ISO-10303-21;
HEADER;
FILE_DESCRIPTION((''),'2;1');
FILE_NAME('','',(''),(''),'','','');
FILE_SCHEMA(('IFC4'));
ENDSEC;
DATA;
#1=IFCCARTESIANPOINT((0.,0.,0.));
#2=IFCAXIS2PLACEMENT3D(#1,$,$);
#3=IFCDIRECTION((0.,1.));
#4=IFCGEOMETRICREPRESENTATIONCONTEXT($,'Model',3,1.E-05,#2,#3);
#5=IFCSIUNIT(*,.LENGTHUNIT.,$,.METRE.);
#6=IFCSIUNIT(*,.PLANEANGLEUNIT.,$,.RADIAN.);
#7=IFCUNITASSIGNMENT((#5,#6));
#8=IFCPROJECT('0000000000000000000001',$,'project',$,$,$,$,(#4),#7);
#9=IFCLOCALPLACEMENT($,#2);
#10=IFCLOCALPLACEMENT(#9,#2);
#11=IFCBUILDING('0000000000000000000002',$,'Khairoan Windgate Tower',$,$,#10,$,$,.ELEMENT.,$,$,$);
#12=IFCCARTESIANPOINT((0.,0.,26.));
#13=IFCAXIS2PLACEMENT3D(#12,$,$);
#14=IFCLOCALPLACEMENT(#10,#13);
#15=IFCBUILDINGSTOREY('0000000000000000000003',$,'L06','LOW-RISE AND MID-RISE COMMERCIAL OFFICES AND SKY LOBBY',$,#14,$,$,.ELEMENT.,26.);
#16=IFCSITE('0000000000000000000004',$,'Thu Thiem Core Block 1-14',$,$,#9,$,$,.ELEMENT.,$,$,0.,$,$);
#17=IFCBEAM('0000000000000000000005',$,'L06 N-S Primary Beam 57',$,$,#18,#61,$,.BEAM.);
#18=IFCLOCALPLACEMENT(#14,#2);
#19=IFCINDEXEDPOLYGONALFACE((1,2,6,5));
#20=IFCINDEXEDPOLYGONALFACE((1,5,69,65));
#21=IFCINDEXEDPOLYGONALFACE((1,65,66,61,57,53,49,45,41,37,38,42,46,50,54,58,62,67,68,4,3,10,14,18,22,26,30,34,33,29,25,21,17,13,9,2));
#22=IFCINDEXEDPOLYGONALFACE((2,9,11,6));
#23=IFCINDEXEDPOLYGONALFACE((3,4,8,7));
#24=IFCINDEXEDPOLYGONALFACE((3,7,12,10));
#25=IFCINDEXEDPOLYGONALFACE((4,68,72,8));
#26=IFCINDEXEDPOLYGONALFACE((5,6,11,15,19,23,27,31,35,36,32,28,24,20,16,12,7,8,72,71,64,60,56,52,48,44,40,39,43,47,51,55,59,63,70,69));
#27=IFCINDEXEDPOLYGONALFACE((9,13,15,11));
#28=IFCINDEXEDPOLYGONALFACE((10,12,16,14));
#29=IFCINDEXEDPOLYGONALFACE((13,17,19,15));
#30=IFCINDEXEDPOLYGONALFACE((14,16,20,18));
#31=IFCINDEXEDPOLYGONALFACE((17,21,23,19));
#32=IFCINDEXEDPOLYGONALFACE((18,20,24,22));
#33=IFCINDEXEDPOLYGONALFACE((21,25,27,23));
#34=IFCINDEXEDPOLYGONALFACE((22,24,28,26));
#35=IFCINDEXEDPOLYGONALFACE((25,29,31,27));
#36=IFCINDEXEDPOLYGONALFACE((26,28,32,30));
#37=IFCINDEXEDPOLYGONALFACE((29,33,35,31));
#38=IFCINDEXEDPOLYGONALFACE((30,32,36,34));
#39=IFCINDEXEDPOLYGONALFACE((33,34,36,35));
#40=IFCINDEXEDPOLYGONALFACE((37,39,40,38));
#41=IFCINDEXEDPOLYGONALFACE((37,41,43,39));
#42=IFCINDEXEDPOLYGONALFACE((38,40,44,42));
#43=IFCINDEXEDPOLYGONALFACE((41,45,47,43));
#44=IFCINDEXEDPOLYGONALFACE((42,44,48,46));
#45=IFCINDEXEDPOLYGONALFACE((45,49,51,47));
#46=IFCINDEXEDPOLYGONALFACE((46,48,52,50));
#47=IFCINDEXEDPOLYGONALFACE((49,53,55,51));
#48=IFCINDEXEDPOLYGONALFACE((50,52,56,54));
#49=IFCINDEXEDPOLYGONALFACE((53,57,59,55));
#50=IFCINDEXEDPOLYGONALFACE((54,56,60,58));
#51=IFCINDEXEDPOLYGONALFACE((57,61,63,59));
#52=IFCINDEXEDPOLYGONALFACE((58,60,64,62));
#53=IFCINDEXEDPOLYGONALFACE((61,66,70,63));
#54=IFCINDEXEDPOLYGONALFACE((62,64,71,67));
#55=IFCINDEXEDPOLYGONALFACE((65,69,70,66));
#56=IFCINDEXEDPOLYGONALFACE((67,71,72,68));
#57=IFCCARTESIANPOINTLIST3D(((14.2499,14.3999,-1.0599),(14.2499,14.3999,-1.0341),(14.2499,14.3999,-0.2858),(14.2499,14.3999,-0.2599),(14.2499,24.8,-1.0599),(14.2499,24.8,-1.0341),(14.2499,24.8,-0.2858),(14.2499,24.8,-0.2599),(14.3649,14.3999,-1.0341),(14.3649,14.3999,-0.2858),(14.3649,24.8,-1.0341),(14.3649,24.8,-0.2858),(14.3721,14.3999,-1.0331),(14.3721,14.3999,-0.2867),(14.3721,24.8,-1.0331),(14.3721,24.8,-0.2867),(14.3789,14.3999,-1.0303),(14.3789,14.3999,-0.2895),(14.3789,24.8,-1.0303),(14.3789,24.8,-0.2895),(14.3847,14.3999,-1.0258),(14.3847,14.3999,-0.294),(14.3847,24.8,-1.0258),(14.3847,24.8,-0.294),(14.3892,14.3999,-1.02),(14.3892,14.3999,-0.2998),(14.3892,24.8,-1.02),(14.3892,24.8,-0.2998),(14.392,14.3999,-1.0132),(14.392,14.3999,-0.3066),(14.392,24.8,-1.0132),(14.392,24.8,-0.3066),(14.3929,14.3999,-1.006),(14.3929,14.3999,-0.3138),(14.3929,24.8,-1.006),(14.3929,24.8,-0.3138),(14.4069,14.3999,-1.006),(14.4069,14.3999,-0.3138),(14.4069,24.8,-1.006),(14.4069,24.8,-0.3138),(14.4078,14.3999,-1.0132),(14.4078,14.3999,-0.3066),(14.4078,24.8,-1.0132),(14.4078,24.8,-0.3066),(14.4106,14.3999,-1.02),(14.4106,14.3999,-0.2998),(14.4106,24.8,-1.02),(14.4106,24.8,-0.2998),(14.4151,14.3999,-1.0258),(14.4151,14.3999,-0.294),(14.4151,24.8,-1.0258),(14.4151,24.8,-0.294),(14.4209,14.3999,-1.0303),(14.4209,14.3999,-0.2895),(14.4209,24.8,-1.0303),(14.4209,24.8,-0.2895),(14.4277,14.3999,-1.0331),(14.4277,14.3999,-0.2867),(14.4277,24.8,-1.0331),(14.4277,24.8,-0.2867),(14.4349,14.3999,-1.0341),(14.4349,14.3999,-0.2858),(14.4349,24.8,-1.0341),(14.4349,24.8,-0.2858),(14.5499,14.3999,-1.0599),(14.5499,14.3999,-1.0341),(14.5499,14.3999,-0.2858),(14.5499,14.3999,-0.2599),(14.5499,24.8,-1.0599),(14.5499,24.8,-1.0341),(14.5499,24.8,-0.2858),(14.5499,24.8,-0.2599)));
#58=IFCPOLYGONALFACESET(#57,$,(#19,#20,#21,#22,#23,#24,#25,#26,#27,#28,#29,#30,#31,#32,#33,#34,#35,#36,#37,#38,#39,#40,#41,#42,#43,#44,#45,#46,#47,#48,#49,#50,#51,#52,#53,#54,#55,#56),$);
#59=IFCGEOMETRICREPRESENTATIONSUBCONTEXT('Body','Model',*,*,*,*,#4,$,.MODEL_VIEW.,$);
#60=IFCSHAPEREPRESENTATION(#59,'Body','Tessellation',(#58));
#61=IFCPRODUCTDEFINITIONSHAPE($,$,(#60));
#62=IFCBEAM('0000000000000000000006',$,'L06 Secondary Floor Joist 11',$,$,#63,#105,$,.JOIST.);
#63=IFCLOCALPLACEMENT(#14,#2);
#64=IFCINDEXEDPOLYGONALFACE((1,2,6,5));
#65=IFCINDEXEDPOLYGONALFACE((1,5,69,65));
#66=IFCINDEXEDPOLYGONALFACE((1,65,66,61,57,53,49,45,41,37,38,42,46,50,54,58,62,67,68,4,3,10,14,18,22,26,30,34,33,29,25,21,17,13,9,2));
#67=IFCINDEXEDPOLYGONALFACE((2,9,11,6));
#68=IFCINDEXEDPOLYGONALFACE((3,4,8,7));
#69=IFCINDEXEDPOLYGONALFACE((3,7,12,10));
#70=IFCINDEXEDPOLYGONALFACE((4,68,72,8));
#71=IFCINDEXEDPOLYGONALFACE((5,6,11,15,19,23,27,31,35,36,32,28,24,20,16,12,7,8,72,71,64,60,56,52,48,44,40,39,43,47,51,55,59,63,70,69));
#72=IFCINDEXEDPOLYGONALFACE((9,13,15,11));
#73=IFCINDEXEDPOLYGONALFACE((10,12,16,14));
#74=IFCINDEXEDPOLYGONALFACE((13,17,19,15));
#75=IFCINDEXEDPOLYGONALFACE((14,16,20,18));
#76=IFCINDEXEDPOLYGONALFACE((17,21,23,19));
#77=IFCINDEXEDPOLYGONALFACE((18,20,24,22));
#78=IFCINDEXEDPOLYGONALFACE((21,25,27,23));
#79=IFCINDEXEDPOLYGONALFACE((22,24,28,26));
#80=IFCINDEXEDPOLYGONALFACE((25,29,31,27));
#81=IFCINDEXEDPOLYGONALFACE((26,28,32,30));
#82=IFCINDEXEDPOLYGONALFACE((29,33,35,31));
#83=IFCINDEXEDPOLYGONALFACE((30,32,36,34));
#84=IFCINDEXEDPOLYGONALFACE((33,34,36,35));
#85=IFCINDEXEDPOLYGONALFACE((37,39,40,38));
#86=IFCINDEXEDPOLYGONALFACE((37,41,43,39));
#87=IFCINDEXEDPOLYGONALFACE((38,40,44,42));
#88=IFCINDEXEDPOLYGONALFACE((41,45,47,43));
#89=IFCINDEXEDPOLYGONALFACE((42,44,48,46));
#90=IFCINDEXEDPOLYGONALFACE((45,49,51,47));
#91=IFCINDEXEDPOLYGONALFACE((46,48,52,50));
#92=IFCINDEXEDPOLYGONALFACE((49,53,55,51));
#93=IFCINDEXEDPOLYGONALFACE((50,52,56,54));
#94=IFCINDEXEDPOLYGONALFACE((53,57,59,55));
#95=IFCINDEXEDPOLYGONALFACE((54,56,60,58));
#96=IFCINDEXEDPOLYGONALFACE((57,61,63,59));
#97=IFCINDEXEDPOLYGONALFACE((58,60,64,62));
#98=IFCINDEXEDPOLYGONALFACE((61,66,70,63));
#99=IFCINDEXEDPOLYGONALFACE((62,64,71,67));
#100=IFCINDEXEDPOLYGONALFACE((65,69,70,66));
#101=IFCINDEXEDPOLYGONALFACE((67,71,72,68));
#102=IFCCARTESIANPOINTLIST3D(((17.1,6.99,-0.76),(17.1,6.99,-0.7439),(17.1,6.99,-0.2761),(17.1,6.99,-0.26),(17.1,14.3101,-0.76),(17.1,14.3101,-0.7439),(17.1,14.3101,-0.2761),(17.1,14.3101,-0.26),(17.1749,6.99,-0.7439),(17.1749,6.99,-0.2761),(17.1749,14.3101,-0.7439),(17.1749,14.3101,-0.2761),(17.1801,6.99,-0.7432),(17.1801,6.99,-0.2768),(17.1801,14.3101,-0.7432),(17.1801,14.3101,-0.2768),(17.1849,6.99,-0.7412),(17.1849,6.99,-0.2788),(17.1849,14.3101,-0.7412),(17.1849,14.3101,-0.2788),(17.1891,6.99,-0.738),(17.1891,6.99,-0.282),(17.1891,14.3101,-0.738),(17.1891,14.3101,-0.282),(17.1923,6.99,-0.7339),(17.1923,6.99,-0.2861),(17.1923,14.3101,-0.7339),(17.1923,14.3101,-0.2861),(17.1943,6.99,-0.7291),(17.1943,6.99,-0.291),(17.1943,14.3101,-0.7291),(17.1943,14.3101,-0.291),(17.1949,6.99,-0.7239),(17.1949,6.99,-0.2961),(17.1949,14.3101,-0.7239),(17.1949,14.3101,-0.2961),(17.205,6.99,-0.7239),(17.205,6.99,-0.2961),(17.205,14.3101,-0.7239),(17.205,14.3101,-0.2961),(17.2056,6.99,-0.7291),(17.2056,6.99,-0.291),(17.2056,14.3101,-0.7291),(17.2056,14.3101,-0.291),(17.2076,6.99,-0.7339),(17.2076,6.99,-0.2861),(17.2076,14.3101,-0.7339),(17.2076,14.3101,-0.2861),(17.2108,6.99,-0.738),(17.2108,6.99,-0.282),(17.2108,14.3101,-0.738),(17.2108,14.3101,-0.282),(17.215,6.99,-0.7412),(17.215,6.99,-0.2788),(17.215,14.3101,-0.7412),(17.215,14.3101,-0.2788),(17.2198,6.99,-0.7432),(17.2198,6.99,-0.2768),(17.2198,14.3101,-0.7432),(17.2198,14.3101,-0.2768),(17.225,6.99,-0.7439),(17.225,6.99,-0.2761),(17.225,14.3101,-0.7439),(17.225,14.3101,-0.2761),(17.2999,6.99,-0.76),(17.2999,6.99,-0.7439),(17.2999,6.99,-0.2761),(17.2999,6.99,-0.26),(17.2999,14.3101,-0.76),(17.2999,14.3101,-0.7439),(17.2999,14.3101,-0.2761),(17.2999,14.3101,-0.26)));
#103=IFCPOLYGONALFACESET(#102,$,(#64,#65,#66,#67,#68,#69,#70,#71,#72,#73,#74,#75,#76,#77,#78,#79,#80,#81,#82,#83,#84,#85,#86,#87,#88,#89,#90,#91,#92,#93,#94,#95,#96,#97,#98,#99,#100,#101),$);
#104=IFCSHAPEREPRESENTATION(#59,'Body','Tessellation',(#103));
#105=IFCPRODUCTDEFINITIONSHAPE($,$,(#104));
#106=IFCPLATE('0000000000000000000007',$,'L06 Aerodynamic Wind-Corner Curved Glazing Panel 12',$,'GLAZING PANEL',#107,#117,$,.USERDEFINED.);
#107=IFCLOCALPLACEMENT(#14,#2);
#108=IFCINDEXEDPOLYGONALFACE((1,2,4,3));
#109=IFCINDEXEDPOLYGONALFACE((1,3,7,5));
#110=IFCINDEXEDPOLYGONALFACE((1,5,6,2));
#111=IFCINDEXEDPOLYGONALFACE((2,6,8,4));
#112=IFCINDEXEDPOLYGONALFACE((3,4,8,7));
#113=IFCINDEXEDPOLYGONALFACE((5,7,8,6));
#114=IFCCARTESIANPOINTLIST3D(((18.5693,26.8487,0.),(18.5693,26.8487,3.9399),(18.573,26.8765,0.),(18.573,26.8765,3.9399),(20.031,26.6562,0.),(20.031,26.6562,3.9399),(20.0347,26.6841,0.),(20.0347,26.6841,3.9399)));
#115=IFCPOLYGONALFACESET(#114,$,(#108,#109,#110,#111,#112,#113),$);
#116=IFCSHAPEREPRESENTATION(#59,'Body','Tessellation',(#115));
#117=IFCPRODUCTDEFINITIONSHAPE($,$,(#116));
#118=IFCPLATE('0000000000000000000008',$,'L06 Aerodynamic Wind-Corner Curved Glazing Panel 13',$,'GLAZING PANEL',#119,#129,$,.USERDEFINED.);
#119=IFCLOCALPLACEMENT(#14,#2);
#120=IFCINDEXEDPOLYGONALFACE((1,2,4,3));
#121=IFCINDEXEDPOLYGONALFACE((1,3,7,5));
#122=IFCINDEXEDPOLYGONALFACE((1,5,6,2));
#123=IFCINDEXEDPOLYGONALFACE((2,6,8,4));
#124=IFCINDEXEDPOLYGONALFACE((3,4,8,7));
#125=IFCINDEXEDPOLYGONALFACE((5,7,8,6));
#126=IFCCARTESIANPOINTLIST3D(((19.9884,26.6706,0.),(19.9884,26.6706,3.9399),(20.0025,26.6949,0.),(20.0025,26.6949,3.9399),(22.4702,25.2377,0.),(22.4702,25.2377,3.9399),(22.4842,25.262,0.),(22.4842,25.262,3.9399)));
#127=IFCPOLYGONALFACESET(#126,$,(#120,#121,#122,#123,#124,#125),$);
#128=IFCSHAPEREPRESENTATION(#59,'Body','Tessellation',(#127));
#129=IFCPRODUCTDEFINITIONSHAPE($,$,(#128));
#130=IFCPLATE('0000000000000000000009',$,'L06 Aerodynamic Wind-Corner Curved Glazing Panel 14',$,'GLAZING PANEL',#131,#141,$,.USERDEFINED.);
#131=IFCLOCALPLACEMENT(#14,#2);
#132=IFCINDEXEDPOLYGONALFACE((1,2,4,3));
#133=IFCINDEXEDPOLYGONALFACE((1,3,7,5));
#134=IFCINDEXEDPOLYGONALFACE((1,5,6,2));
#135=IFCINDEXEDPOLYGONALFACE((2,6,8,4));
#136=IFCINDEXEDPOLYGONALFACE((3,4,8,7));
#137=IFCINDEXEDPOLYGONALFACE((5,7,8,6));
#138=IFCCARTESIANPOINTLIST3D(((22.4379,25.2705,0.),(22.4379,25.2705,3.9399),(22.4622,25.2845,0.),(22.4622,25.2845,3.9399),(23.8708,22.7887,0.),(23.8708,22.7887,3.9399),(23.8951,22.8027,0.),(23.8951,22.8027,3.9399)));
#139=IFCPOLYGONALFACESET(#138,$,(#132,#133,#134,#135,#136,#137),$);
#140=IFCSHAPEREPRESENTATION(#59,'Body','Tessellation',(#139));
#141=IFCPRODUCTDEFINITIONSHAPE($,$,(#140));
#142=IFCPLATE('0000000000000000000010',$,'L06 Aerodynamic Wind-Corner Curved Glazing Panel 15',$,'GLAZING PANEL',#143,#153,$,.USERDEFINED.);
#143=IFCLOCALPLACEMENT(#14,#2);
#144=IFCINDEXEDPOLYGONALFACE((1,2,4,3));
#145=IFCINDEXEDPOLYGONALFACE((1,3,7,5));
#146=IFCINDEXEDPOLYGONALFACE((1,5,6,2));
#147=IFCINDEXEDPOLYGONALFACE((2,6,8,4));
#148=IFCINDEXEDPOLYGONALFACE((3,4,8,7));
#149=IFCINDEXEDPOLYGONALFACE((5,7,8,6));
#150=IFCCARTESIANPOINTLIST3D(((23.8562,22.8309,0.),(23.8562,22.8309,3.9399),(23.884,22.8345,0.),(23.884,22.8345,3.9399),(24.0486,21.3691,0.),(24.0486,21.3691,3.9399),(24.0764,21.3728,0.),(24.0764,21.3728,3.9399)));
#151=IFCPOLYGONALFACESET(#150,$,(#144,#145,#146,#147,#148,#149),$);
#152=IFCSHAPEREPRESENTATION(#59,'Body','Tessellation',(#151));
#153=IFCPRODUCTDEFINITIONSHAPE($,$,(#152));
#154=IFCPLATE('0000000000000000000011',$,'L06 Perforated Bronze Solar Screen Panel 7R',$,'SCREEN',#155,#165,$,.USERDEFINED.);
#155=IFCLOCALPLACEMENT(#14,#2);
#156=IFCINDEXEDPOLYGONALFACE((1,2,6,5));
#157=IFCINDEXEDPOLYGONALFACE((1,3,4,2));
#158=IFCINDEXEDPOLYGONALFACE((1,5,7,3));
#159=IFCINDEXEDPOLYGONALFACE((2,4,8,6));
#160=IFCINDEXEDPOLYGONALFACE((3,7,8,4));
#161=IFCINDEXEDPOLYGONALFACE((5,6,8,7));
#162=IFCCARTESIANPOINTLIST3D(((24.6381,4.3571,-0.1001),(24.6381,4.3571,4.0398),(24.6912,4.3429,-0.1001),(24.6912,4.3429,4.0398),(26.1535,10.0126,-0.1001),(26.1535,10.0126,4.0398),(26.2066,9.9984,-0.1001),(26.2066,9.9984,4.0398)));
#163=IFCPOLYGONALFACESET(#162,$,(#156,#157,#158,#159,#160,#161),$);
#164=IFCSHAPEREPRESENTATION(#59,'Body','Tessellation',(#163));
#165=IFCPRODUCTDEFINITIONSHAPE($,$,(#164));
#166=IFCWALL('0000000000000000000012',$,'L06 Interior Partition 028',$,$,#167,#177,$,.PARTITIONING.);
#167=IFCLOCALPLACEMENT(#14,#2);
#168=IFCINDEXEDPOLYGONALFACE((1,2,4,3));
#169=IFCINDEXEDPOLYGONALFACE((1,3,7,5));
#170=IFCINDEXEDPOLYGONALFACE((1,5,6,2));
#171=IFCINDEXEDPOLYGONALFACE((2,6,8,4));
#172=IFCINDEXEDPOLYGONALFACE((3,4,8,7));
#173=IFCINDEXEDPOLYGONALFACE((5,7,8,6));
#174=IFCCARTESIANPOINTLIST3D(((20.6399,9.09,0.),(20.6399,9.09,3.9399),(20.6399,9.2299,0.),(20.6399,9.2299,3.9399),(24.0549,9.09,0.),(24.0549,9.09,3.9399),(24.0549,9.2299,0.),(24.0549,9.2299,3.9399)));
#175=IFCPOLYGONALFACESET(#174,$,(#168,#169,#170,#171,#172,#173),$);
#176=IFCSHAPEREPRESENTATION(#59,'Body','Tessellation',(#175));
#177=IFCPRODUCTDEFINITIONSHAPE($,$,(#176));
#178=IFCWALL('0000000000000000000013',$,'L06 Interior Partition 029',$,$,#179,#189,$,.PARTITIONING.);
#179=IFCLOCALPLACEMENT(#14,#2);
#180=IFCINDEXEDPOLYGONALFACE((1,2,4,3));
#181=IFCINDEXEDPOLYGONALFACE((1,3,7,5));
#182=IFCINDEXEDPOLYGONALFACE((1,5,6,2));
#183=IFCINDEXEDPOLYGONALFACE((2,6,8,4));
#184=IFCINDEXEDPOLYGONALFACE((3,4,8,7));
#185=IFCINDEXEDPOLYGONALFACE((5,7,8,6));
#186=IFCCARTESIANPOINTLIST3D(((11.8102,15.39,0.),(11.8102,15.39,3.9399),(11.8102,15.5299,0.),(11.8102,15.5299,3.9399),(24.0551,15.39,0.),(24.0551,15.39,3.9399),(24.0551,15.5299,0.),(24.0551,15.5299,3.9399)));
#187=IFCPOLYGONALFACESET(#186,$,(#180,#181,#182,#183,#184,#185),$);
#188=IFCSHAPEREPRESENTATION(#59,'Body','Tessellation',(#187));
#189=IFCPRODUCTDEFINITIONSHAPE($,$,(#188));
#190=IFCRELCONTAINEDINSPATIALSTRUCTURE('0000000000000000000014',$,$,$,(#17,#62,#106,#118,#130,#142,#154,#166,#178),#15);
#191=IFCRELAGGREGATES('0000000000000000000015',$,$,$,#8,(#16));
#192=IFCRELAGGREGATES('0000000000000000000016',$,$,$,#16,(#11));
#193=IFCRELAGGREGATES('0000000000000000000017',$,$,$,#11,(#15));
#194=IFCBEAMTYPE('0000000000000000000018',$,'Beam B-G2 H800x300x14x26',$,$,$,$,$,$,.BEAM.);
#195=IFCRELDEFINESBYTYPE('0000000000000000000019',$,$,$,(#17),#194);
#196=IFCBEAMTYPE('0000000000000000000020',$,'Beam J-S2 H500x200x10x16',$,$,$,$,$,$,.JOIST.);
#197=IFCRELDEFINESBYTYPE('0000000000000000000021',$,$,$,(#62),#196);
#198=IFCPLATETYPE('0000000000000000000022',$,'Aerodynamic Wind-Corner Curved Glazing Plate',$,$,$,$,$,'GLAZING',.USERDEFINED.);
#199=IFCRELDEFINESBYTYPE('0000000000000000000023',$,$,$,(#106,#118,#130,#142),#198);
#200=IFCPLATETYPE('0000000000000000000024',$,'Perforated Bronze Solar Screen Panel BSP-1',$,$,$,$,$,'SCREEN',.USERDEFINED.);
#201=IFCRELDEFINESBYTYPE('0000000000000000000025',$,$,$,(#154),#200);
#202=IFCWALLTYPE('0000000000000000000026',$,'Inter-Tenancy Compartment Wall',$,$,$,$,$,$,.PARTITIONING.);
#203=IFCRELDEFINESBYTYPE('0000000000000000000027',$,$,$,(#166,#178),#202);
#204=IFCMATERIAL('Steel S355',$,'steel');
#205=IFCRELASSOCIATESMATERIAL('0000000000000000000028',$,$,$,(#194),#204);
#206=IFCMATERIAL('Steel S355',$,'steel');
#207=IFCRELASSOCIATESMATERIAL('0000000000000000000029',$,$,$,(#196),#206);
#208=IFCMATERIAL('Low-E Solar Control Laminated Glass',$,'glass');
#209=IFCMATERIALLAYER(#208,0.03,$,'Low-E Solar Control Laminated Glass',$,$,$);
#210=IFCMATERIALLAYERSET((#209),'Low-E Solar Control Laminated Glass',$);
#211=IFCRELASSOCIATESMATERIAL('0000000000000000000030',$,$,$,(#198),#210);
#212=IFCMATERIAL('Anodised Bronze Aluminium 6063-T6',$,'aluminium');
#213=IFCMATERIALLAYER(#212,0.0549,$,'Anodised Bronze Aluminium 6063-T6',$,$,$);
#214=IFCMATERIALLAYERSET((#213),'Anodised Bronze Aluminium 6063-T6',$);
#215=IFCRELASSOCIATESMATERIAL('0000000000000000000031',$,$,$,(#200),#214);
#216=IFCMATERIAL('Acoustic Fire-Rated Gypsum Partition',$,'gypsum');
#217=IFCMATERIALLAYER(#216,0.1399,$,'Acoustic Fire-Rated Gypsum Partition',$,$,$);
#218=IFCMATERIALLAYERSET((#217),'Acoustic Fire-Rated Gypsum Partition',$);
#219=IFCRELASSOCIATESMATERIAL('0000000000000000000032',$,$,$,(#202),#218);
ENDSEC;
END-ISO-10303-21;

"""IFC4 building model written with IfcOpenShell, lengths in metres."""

from ifc_helpers import new_model, si_unit, direction, frame, frame_2d, origin, origin_2d, place, context, subcontext, project, spatial, rectangle, i_section, extrude, material, layer, layer_set, material_profile, profile_set, type_object, element, save


model = new_model("IFC4")

# Units and contexts
model_context = context("Model", 3, precision=1e-05, world=origin(), true_north=direction((0.0, 1.0)))
body_context = subcontext(model_context, "Body", "Model", "MODEL_VIEW")
ifc_project = project(units=[si_unit("LENGTHUNIT", "METRE"), si_unit("PLANEANGLEUNIT", "RADIAN")], contexts=[model_context])

# Site, building, storey
site_placement = place(None, origin())
site = spatial("IfcSite", under=ifc_project, at=site_placement, Name="Thu Thiem Core Block 1-14", CompositionType="ELEMENT", RefElevation=0.0)
building_placement = place(site_placement, origin())
building = spatial("IfcBuilding", under=site, at=building_placement, Name="Khairoan Windgate Tower", CompositionType="ELEMENT")
storey_placement = place(building_placement, frame((0.0, 0.0, 26.0)))
storey = spatial("IfcBuildingStorey", under=building, at=storey_placement, Name="L06", Description="LOW-RISE AND MID-RISE COMMERCIAL OFFICES AND SKY LOBBY", CompositionType="ELEMENT", Elevation=26.0)

# Beams
ifc_material_1 = material(Name="Steel S355", Category="steel")
ifc_material_profile_1 = material_profile(ifc_material_1, i_section(OverallWidth=0.3, OverallDepth=0.8, WebThickness=0.0139, FlangeThickness=0.0259, FilletRadius=0.0281, at=origin_2d()))
ifc_profile_set_1 = profile_set([ifc_material_profile_1], Name="Steel S355")
beam_type_1 = type_object("IfcBeamType", Name="Beam B-G2 H800x300x14x26", PredefinedType="BEAM", material=ifc_profile_set_1)
beam_1_placement = place(storey_placement, frame((14.3999, 14.3999, -0.6599), z_axis=(0.0, 1.0, 0.0), x_axis=(-1.0, 0.0, 0.0)))
element("IfcBeam", 1, at=beam_1_placement, inside=storey, type_object=beam_type_1, Name="L06 N-S Primary Beam 57", PredefinedType="BEAM", context=body_context, shape_type="SweptSolid", body=[
    extrude(i_section(OverallWidth=0.3, OverallDepth=0.8, WebThickness=0.0139, FlangeThickness=0.0259, FilletRadius=0.0281, at=origin_2d()), origin(), (0.0, 0.0, 1.0), 10.4001),
])
ifc_material_2 = material(Name="Steel S355", Category="steel")
ifc_material_profile_2 = material_profile(ifc_material_2, i_section(OverallWidth=0.2, OverallDepth=0.5, WebThickness=0.01, FlangeThickness=0.0161, FilletRadius=0.02, at=origin_2d()))
ifc_profile_set_2 = profile_set([ifc_material_profile_2], Name="Steel S355")
beam_type_2 = type_object("IfcBeamType", Name="Beam J-S2 H500x200x10x16", PredefinedType="JOIST", material=ifc_profile_set_2)
beam_2_placement = place(storey_placement, frame((17.2, 6.99, -0.51), z_axis=(0.0, 1.0, 0.0), x_axis=(-1.0, 0.0, 0.0)))
element("IfcBeam", 2, at=beam_2_placement, inside=storey, type_object=beam_type_2, Name="L06 Secondary Floor Joist 11", PredefinedType="JOIST", context=body_context, shape_type="SweptSolid", body=[
    extrude(i_section(OverallWidth=0.2, OverallDepth=0.5, WebThickness=0.01, FlangeThickness=0.0161, FilletRadius=0.02, at=origin_2d()), origin(), (0.0, 0.0, 1.0), 7.3201),
])

# Plates
ifc_material_3 = material(Name="Low-E Solar Control Laminated Glass", Category="glass")
ifc_layer_1 = layer(ifc_material_3, 0.03, Name="Low-E Solar Control Laminated Glass")
ifc_layer_set_1 = layer_set([ifc_layer_1], Name="Low-E Solar Control Laminated Glass")
plate_type_1 = type_object("IfcPlateType", Name="Aerodynamic Wind-Corner Curved Glazing Plate", ElementType="GLAZING", PredefinedType="USERDEFINED", material=ifc_layer_set_1)
plate_1_placement = place(storey_placement, frame((19.302, 26.7664, 0.0), z_axis=(0.0, 0.0, 1.0), x_axis=(0.991445, -0.130526, 0.0)))
element("IfcPlate", 3, at=plate_1_placement, inside=storey, type_object=plate_type_1, Name="L06 Aerodynamic Wind-Corner Curved Glazing Panel 12", ObjectType="GLAZING PANEL", PredefinedType="USERDEFINED", context=body_context, shape_type="SweptSolid", body=[
    extrude(rectangle(XDim=1.4744, YDim=0.0281, at=origin_2d()), origin(), (0.0, 0.0, 1.0), 3.9399),
])
for number, where, z_axis, x_axis, name in (
    (4, (21.2363, 25.9663, 0.0), (0.0, 0.0, 1.0), (0.866025, -0.5, 0.0), "L06 Aerodynamic Wind-Corner Curved Glazing Panel 13"),
    (5, (23.1665, 24.0366, 0.0), (0.0, 0.0, 1.0), (0.5, -0.866025, 0.0), "L06 Aerodynamic Wind-Corner Curved Glazing Panel 14"),
):
    element("IfcPlate", number, at=place(storey_placement, frame(where, z_axis=z_axis, x_axis=x_axis)), inside=storey, type_object=plate_type_1, Name=name, ObjectType="GLAZING PANEL", PredefinedType="USERDEFINED", context=body_context, shape_type="SweptSolid", body=[
        extrude(rectangle(XDim=2.8657, YDim=0.0281, at=origin_2d()), origin(), (0.0, 0.0, 1.0), 3.9399),
    ])
plate_2_placement = place(storey_placement, frame((23.9663, 22.1018, 0.0), z_axis=(0.0, 0.0, 1.0), x_axis=(0.130526, -0.991445, 0.0)))
element("IfcPlate", 6, at=plate_2_placement, inside=storey, type_object=plate_type_1, Name="L06 Aerodynamic Wind-Corner Curved Glazing Panel 15", ObjectType="GLAZING PANEL", PredefinedType="USERDEFINED", context=body_context, shape_type="SweptSolid", body=[
    extrude(rectangle(XDim=1.4744, YDim=0.0281, at=origin_2d()), origin(), (0.0, 0.0, 1.0), 3.9399),
])

# Plate
ifc_material_4 = material(Name="Anodised Bronze Aluminium 6063-T6", Category="aluminium")
ifc_layer_2 = layer(ifc_material_4, 0.0549, Name="Anodised Bronze Aluminium 6063-T6")
ifc_layer_set_2 = layer_set([ifc_layer_2], Name="Anodised Bronze Aluminium 6063-T6")
plate_type_2 = type_object("IfcPlateType", Name="Perforated Bronze Solar Screen Panel BSP-1", ElementType="SCREEN", PredefinedType="USERDEFINED", material=ifc_layer_set_2)
plate_3_placement = place(storey_placement, frame((25.4224, 7.1777, -0.1001), z_axis=(0.0, 0.0, 1.0), x_axis=(-0.258819, -0.965926, 0.0)))
element("IfcPlate", 7, at=plate_3_placement, inside=storey, type_object=plate_type_2, Name="L06 Perforated Bronze Solar Screen Panel 7R", ObjectType="SCREEN", PredefinedType="USERDEFINED", context=body_context, shape_type="SweptSolid", body=[
    extrude(rectangle(XDim=5.855, YDim=0.0549, at=origin_2d()), origin(), (0.0, 0.0, 1.0), 4.1399),
])

# Walls
ifc_material_5 = material(Name="Acoustic Fire-Rated Gypsum Partition", Category="gypsum")
ifc_layer_3 = layer(ifc_material_5, 0.1399, Name="Acoustic Fire-Rated Gypsum Partition")
ifc_layer_set_3 = layer_set([ifc_layer_3], Name="Acoustic Fire-Rated Gypsum Partition")
wall_type_1 = type_object("IfcWallType", Name="Inter-Tenancy Compartment Wall", PredefinedType="PARTITIONING", material=ifc_layer_set_3)
wall_1_placement = place(storey_placement, frame((20.6399, 9.1599, 0.0), z_axis=(0.0, 0.0, 1.0), x_axis=(1.0, 0.0, 0.0)))
element("IfcWall", 8, at=wall_1_placement, inside=storey, type_object=wall_type_1, Name="L06 Interior Partition 028", PredefinedType="PARTITIONING", context=body_context, shape_type="SweptSolid", body=[
    extrude(rectangle(XDim=3.415, YDim=0.1399, at=frame_2d((1.7075, 0.0))), origin(), (0.0, 0.0, 1.0), 3.9399),
])
wall_2_placement = place(storey_placement, frame((11.8101, 15.46, 0.0), z_axis=(0.0, 0.0, 1.0), x_axis=(1.0, 0.0, 0.0)))
element("IfcWall", 9, at=wall_2_placement, inside=storey, type_object=wall_type_1, Name="L06 Interior Partition 029", PredefinedType="PARTITIONING", context=body_context, shape_type="SweptSolid", body=[
    extrude(rectangle(XDim=12.2449, YDim=0.1399, at=frame_2d((6.1226, 0.0))), origin(), (0.0, 0.0, 1.0), 3.9399),
])

save(model, "model.ifc")
